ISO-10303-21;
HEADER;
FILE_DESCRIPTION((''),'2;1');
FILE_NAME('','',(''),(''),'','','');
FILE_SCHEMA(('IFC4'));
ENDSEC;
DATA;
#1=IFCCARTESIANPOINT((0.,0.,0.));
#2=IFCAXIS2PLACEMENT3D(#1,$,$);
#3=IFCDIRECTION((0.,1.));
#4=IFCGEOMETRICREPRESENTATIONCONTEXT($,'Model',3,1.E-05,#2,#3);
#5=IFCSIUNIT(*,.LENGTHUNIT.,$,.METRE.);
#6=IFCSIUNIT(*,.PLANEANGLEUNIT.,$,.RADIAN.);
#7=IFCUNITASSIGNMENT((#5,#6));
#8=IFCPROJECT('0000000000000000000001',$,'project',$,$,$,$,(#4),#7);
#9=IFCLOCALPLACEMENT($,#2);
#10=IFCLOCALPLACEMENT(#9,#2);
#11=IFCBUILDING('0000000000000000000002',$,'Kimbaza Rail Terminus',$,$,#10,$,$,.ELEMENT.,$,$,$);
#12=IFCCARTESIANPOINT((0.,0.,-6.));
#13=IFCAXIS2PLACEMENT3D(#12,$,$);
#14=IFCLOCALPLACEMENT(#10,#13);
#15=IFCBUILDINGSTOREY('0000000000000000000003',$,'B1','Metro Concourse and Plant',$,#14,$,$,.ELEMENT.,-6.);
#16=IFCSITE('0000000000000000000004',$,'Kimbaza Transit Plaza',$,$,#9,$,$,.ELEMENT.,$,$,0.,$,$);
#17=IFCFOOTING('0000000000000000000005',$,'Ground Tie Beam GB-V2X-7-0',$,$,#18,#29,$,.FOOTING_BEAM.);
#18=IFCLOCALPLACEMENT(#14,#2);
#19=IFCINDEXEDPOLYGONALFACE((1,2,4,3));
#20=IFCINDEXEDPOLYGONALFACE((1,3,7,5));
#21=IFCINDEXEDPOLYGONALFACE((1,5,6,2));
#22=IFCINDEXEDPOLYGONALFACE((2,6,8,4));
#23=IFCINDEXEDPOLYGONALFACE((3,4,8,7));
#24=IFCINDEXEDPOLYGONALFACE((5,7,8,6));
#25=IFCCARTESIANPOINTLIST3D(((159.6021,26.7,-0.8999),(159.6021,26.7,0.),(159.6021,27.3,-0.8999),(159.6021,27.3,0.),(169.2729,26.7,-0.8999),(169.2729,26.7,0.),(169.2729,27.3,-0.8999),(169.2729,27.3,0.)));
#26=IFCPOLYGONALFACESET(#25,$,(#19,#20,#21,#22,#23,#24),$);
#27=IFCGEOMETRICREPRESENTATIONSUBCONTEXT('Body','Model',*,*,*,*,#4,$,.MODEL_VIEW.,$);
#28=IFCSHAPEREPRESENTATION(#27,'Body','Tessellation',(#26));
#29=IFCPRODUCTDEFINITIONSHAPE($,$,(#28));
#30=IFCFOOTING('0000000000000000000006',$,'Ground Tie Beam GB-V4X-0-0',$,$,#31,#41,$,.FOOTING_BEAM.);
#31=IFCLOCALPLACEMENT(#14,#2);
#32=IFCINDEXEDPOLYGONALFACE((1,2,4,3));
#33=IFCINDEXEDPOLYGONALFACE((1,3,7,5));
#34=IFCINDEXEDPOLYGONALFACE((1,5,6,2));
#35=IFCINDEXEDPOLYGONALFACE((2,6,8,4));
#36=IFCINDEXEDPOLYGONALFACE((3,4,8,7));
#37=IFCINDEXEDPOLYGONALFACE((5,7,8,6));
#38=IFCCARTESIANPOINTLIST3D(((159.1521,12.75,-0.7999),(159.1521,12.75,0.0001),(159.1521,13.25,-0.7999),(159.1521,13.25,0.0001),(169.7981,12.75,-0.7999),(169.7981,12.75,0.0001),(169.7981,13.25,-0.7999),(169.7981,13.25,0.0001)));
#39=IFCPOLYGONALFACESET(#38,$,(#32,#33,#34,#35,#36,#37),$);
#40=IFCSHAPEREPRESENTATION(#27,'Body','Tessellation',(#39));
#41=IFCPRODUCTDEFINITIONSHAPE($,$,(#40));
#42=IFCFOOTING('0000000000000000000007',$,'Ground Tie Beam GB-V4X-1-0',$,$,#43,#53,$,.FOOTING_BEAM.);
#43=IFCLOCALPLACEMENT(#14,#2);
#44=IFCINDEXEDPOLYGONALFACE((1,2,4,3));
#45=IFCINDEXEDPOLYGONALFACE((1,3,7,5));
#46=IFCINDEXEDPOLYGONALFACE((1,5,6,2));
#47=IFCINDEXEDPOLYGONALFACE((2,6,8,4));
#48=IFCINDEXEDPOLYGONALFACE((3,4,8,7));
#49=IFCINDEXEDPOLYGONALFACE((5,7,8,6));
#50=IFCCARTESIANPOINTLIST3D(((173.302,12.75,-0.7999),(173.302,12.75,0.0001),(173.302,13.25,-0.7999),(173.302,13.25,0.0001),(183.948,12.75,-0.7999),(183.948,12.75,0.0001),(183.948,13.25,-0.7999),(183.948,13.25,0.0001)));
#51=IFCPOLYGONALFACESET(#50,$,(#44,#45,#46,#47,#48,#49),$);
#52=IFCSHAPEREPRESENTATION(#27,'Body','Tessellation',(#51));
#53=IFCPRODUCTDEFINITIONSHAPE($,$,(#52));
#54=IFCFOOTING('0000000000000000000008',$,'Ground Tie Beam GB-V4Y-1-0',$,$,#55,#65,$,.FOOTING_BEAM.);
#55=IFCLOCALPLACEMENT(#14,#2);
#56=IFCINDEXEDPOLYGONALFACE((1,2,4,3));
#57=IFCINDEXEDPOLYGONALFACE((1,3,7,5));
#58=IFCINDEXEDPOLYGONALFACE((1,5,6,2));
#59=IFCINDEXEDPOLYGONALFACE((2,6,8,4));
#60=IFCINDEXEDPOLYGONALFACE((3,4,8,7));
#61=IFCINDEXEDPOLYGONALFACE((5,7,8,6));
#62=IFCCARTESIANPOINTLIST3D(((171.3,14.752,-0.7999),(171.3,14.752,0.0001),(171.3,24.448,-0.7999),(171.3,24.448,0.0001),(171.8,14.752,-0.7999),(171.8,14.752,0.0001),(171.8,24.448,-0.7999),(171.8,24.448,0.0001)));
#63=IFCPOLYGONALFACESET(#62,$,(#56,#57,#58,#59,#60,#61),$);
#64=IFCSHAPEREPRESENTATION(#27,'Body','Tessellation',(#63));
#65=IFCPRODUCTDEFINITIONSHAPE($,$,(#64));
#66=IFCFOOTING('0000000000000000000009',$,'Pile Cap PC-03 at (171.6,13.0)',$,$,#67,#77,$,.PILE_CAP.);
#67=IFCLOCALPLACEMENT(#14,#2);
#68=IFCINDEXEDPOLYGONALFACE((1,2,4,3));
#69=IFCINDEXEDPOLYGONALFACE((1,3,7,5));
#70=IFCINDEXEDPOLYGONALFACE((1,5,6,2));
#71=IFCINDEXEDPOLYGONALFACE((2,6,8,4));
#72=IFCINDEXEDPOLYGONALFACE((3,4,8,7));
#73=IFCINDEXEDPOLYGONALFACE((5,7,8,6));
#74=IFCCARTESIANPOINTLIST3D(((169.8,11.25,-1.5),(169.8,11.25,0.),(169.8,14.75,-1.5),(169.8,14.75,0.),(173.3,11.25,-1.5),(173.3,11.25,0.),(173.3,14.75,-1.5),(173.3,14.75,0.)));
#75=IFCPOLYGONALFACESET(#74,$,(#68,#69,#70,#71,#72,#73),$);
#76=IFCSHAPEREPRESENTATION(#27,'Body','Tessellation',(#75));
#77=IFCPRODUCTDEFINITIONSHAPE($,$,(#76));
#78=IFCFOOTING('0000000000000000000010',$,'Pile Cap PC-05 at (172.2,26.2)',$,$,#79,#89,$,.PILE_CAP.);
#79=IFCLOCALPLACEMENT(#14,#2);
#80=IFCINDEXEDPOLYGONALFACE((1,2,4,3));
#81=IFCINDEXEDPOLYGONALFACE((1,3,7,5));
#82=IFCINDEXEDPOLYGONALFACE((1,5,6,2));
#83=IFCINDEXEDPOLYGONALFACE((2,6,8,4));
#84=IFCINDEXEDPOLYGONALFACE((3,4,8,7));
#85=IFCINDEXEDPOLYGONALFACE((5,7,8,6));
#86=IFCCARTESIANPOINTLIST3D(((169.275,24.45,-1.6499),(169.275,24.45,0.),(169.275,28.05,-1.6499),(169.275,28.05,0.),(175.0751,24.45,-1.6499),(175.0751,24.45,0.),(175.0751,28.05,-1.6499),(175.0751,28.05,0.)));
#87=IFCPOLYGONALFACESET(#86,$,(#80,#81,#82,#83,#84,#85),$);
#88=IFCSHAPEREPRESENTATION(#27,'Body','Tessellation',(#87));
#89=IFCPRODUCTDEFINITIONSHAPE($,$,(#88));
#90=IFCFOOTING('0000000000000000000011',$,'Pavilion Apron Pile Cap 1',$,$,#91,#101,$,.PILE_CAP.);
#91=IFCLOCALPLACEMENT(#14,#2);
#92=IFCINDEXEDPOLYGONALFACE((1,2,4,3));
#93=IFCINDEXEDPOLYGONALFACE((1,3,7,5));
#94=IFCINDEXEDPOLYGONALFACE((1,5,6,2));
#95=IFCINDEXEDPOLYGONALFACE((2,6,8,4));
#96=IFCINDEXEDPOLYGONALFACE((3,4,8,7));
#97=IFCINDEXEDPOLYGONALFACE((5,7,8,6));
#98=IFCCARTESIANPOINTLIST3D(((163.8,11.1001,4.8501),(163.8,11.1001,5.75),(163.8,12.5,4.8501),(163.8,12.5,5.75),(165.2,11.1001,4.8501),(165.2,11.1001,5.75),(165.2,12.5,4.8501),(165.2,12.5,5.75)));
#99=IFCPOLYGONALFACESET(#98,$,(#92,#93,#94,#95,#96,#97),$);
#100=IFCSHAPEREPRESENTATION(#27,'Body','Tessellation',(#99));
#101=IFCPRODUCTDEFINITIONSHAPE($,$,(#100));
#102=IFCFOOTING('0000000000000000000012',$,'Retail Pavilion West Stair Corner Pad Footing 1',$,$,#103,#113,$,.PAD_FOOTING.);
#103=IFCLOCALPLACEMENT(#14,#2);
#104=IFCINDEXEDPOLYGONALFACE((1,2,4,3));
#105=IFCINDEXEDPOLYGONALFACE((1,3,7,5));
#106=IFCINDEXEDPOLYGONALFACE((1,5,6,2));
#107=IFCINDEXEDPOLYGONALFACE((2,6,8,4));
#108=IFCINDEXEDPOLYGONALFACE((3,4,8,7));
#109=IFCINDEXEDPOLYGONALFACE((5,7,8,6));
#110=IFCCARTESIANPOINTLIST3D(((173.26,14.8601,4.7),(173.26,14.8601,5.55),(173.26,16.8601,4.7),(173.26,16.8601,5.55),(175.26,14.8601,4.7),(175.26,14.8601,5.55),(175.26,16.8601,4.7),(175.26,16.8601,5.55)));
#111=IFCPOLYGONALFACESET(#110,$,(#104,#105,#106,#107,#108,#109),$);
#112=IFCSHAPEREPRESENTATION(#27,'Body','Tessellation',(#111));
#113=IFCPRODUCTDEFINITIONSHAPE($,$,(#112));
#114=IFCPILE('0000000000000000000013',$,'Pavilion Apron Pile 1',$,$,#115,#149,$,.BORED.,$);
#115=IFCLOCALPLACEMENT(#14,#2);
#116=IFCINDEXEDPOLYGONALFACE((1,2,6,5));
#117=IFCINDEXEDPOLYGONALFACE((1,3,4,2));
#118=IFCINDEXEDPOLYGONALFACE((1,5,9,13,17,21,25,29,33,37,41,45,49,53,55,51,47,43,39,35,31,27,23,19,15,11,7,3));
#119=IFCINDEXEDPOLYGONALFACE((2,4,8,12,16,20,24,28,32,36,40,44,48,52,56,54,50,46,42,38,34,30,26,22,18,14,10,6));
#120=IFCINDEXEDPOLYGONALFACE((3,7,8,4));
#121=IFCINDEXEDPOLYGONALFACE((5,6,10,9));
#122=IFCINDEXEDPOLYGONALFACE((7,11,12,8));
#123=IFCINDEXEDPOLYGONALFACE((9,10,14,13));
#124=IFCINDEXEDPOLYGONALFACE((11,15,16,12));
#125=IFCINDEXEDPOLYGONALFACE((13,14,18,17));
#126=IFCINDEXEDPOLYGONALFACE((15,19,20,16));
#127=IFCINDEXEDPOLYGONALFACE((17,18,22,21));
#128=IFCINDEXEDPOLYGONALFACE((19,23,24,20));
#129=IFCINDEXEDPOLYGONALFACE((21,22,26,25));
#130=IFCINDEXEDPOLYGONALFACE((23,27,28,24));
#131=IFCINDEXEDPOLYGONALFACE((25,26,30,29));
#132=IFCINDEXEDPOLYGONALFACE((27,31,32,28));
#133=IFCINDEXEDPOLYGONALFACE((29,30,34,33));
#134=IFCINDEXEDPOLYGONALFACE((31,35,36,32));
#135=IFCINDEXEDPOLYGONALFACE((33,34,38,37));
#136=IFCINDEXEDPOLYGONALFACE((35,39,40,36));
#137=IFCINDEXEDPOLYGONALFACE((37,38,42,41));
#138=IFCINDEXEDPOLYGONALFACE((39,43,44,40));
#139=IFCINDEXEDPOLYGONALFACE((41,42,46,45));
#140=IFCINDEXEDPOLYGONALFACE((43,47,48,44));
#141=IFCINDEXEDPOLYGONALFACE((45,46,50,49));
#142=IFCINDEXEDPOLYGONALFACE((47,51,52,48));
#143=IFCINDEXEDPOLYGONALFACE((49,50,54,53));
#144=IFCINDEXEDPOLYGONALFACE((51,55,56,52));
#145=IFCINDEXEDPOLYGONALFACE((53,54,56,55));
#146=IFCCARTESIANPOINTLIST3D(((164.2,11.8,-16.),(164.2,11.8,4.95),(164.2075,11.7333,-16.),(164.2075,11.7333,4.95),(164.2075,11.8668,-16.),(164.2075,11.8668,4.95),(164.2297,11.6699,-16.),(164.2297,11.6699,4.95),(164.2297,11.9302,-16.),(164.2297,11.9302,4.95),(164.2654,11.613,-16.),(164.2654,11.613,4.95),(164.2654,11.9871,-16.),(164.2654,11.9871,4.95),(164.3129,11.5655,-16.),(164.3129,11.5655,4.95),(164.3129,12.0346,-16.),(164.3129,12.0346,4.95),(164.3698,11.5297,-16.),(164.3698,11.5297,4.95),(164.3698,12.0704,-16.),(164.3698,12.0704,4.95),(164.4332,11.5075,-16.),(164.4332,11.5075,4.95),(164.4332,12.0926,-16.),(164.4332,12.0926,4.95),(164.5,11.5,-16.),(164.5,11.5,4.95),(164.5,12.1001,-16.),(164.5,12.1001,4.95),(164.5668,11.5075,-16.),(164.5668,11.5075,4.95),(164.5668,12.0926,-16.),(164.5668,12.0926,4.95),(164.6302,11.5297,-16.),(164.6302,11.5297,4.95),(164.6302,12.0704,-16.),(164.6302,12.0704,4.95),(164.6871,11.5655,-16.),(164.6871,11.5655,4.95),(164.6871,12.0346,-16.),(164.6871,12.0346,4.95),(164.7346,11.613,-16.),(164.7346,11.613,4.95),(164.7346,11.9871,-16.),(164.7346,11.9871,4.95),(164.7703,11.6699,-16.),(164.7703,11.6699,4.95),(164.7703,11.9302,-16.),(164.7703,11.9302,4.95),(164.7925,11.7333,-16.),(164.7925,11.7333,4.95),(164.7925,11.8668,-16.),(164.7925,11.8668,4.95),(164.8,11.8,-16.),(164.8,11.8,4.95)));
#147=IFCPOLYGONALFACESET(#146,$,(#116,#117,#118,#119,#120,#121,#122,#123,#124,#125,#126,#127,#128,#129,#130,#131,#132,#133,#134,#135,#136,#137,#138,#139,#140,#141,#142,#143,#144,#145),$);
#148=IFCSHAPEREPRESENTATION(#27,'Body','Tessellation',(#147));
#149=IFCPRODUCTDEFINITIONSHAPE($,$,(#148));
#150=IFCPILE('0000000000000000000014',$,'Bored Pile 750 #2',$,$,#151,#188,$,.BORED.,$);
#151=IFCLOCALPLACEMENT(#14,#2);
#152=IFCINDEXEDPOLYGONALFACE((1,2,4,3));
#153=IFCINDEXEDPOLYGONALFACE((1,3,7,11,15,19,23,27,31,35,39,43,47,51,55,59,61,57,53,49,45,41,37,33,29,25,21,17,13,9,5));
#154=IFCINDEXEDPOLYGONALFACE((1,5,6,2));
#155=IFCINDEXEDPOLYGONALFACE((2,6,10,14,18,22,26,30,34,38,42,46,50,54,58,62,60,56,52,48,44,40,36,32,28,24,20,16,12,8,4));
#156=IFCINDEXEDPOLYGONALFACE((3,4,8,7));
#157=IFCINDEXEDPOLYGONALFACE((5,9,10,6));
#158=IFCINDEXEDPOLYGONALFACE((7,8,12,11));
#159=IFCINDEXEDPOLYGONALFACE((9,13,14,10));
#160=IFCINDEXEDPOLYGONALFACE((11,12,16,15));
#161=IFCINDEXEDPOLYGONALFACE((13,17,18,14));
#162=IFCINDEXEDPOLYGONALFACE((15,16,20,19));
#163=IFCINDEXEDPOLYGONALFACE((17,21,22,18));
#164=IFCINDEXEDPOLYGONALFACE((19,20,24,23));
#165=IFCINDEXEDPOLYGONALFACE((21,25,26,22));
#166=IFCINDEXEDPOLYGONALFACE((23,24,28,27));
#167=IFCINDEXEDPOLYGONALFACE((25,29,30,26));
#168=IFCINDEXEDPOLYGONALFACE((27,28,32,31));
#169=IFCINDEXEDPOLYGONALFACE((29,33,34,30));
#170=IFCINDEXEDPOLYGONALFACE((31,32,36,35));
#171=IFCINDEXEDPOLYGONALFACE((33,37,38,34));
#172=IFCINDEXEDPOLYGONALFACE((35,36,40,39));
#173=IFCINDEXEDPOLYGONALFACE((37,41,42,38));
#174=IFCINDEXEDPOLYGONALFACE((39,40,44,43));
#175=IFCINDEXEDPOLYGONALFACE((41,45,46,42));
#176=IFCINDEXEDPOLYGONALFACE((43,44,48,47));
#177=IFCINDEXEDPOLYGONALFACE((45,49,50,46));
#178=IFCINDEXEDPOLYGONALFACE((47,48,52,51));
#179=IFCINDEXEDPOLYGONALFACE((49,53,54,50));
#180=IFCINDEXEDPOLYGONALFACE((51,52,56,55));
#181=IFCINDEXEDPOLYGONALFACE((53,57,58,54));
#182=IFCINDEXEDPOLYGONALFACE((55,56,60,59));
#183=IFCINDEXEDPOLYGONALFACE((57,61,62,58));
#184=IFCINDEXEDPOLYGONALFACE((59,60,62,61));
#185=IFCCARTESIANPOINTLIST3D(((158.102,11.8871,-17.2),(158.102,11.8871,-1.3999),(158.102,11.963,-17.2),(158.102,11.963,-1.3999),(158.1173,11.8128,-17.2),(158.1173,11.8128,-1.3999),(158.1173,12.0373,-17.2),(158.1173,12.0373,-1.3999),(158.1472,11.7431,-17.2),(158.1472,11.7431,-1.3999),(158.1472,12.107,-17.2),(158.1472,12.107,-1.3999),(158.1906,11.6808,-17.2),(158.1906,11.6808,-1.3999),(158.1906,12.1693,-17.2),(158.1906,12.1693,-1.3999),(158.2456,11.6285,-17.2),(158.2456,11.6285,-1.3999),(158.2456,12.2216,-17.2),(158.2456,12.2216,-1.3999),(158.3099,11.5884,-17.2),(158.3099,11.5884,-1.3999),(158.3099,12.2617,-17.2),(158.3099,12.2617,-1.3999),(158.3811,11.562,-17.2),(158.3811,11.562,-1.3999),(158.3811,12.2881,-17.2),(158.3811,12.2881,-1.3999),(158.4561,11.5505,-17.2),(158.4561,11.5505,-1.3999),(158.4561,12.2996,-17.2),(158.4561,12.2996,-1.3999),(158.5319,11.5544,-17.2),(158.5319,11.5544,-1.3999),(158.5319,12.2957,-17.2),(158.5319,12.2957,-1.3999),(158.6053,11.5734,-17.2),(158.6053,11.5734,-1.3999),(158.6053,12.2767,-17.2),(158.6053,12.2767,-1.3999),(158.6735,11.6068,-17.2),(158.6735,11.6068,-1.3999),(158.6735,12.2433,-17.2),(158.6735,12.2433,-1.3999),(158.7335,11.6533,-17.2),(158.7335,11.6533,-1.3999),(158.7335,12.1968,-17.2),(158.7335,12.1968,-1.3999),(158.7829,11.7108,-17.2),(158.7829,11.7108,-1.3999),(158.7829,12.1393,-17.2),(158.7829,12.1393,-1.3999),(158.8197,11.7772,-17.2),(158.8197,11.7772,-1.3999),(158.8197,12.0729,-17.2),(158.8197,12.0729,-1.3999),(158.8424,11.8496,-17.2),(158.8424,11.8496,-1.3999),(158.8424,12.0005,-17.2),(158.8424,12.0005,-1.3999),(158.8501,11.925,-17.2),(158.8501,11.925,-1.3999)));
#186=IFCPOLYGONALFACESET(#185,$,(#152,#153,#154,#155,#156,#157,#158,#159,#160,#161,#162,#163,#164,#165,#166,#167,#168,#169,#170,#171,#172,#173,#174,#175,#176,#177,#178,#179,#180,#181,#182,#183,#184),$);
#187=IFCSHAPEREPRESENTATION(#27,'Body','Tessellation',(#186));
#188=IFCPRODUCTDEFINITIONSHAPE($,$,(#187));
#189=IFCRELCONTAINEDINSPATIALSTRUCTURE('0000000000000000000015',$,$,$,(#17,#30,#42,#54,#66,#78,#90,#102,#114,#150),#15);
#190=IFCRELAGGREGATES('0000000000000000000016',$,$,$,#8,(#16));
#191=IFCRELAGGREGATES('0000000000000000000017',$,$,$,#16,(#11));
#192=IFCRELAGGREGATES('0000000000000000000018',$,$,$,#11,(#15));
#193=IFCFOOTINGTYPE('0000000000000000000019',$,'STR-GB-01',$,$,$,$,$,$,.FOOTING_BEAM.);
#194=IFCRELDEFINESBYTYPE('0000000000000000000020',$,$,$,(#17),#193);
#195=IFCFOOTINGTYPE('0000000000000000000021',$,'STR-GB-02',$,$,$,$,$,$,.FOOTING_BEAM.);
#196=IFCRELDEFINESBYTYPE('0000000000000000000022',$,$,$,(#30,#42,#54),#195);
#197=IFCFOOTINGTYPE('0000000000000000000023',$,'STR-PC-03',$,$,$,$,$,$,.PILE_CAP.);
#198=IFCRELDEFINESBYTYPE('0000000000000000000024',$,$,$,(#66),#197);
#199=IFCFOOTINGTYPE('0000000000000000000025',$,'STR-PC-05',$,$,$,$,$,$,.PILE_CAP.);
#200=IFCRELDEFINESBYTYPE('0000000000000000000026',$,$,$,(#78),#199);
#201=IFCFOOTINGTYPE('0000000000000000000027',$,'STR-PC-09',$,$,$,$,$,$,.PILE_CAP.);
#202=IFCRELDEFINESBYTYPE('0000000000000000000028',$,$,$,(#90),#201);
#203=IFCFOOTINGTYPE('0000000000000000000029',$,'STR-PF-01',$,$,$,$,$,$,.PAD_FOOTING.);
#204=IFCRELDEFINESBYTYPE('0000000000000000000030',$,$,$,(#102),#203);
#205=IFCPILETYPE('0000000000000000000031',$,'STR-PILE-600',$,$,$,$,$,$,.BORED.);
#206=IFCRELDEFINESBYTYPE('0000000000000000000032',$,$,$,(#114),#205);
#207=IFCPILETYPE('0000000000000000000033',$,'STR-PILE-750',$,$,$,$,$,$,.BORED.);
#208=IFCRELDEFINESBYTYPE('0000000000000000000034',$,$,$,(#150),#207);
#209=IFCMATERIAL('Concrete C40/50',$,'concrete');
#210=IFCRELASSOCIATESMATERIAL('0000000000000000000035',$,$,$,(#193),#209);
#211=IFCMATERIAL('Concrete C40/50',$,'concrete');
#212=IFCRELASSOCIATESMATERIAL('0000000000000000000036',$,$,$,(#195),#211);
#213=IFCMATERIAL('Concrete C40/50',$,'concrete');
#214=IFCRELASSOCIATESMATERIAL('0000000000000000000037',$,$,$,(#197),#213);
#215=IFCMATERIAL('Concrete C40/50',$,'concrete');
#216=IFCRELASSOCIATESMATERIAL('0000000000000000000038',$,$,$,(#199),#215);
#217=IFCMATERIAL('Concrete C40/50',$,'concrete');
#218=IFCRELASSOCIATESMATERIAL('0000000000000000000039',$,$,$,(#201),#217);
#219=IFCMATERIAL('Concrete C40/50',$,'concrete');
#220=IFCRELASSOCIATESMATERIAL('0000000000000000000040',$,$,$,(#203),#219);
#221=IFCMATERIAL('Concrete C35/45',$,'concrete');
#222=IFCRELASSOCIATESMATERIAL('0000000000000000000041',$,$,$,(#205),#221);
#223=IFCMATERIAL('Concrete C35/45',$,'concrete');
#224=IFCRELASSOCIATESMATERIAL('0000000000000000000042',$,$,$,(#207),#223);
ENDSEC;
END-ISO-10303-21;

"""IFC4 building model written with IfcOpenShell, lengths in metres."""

from ifc_helpers import new_model, si_unit, direction, frame, origin, origin_2d, place, context, subcontext, project, spatial, rectangle, circle, extrude, material, material_profile, profile_set, type_object, element, save


model = new_model("IFC4")

# Units and contexts
model_context = context("Model", 3, precision=1e-05, world=origin(), true_north=direction((0.0, 1.0)))
body_context = subcontext(model_context, "Body", "Model", "MODEL_VIEW")
ifc_project = project(units=[si_unit("LENGTHUNIT", "METRE"), si_unit("PLANEANGLEUNIT", "RADIAN")], contexts=[model_context])

# Site, building, storey
site_placement = place(None, origin())
site = spatial("IfcSite", under=ifc_project, at=site_placement, Name="Kimbaza Transit Plaza", CompositionType="ELEMENT", RefElevation=0.0)
building_placement = place(site_placement, origin())
building = spatial("IfcBuilding", under=site, at=building_placement, Name="Kimbaza Rail Terminus", CompositionType="ELEMENT")
storey_placement = place(building_placement, frame((0.0, 0.0, -6.0)))
storey = spatial("IfcBuildingStorey", under=building, at=storey_placement, Name="B1", Description="Metro Concourse and Plant", CompositionType="ELEMENT", Elevation=-6.0)

# Footings
ifc_material_1 = material(Name="Concrete C40/50", Category="concrete")
ifc_material_profile_1 = material_profile(ifc_material_1, rectangle(XDim=0.6001, YDim=0.8999, at=origin_2d()), Name="GB-01 600x900")
ifc_profile_set_1 = profile_set([ifc_material_profile_1], Name="Concrete C40/50")
footing_type_1 = type_object("IfcFootingType", Name="STR-GB-01", PredefinedType="FOOTING_BEAM", material=ifc_profile_set_1)
footing_1_placement = place(storey_placement, frame((159.6021, 27.0, -0.45), z_axis=(1.0, 0.0, 0.0), x_axis=(0.0, 1.0, 0.0)))
element("IfcFooting", 1, at=footing_1_placement, inside=storey, type_object=footing_type_1, Name="Ground Tie Beam GB-V2X-7-0", PredefinedType="FOOTING_BEAM", context=body_context, shape_type="SweptSolid", body=[
    extrude(rectangle(XDim=0.6001, YDim=0.8999, at=origin_2d()), origin(), (0.0, 0.0, 1.0), 9.6709),
])
ifc_material_2 = material(Name="Concrete C40/50", Category="concrete")
ifc_material_profile_2 = material_profile(ifc_material_2, rectangle(XDim=0.5, YDim=0.8, at=origin_2d()), Name="GB-02 500x800")
ifc_profile_set_2 = profile_set([ifc_material_profile_2], Name="Concrete C40/50")
footing_type_2 = type_object("IfcFootingType", Name="STR-GB-02", PredefinedType="FOOTING_BEAM", material=ifc_profile_set_2)
for number, where, z_axis, x_axis, name in (
    (2, (159.1521, 13.0, -0.3999), (1.0, 0.0, 0.0), (0.0, 1.0, 0.0), "Ground Tie Beam GB-V4X-0-0"),
    (3, (173.302, 13.0, -0.3999), (1.0, 0.0, 0.0), (0.0, 1.0, 0.0), "Ground Tie Beam GB-V4X-1-0"),
):
    element("IfcFooting", number, at=place(storey_placement, frame(where, z_axis=z_axis, x_axis=x_axis)), inside=storey, type_object=footing_type_2, Name=name, PredefinedType="FOOTING_BEAM", context=body_context, shape_type="SweptSolid", body=[
        extrude(rectangle(XDim=0.5, YDim=0.8, at=origin_2d()), origin(), (0.0, 0.0, 1.0), 10.646),
    ])
footing_2_placement = place(storey_placement, frame((171.55, 14.752, -0.3999), z_axis=(0.0, 1.0, 0.0), x_axis=(-1.0, 0.0, 0.0)))
element("IfcFooting", 4, at=footing_2_placement, inside=storey, type_object=footing_type_2, Name="Ground Tie Beam GB-V4Y-1-0", PredefinedType="FOOTING_BEAM", context=body_context, shape_type="SweptSolid", body=[
    extrude(rectangle(XDim=0.5, YDim=0.8, at=origin_2d()), origin(), (0.0, 0.0, 1.0), 9.696),
])
ifc_material_3 = material(Name="Concrete C40/50", Category="concrete")
footing_type_3 = type_object("IfcFootingType", Name="STR-PC-03", PredefinedType="PILE_CAP", material=ifc_material_3)
footing_3_placement = place(storey_placement, frame((171.55, 13.0, -1.5), z_axis=(0.0, 0.0, 1.0), x_axis=(1.0, 0.0, 0.0)))
element("IfcFooting", 5, at=footing_3_placement, inside=storey, type_object=footing_type_3, Name="Pile Cap PC-03 at (171.6,13.0)", PredefinedType="PILE_CAP", context=body_context, shape_type="SweptSolid", body=[
    extrude(rectangle(XDim=3.5, YDim=3.5, at=origin_2d()), origin(), (0.0, 0.0, 1.0), 1.5),
])
ifc_material_4 = material(Name="Concrete C40/50", Category="concrete")
footing_type_4 = type_object("IfcFootingType", Name="STR-PC-05", PredefinedType="PILE_CAP", material=ifc_material_4)
footing_4_placement = place(storey_placement, frame((172.175, 26.25, -1.6499), z_axis=(0.0, 0.0, 1.0), x_axis=(1.0, 0.0, 0.0)))
element("IfcFooting", 6, at=footing_4_placement, inside=storey, type_object=footing_type_4, Name="Pile Cap PC-05 at (172.2,26.2)", PredefinedType="PILE_CAP", context=body_context, shape_type="SweptSolid", body=[
    extrude(rectangle(XDim=5.8, YDim=3.6001, at=origin_2d()), origin(), (0.0, 0.0, 1.0), 1.6499),
])
ifc_material_5 = material(Name="Concrete C40/50", Category="concrete")
footing_type_5 = type_object("IfcFootingType", Name="STR-PC-09", PredefinedType="PILE_CAP", material=ifc_material_5)
footing_5_placement = place(storey_placement, frame((164.5, 11.8, 4.8501), z_axis=(0.0, 0.0, 1.0), x_axis=(1.0, 0.0, 0.0)))
element("IfcFooting", 7, at=footing_5_placement, inside=storey, type_object=footing_type_5, Name="Pavilion Apron Pile Cap 1", PredefinedType="PILE_CAP", context=body_context, shape_type="SweptSolid", body=[
    extrude(rectangle(XDim=1.3999, YDim=1.3999, at=origin_2d()), origin(), (0.0, 0.0, 1.0), 0.8999),
])
ifc_material_6 = material(Name="Concrete C40/50", Category="concrete")
footing_type_6 = type_object("IfcFootingType", Name="STR-PF-01", PredefinedType="PAD_FOOTING", material=ifc_material_6)
footing_6_placement = place(storey_placement, frame((174.26, 15.8601, 4.7), z_axis=(0.0, 0.0, 1.0), x_axis=(1.0, 0.0, 0.0)))
element("IfcFooting", 8, at=footing_6_placement, inside=storey, type_object=footing_type_6, Name="Retail Pavilion West Stair Corner Pad Footing 1", PredefinedType="PAD_FOOTING", context=body_context, shape_type="SweptSolid", body=[
    extrude(rectangle(XDim=2.0, YDim=2.0, at=origin_2d()), origin(), (0.0, 0.0, 1.0), 0.8501),
])

# Piles
ifc_material_7 = material(Name="Concrete C35/45", Category="concrete")
ifc_material_profile_3 = material_profile(ifc_material_7, circle(Radius=0.3, at=origin_2d()), Name="BORED PILE 600")
ifc_profile_set_3 = profile_set([ifc_material_profile_3], Name="Concrete C35/45")
pile_type_1 = type_object("IfcPileType", Name="STR-PILE-600", PredefinedType="BORED", material=ifc_profile_set_3)
pile_placement = place(storey_placement, frame((164.5, 11.8, 4.95), z_axis=(0.0, 0.0, -1.0), x_axis=(1.0, 0.0, 0.0)))
element("IfcPile", 9, at=pile_placement, inside=storey, type_object=pile_type_1, Name="Pavilion Apron Pile 1", PredefinedType="BORED", context=body_context, shape_type="SweptSolid", body=[
    extrude(circle(Radius=0.3, at=origin_2d()), origin(), (0.0, 0.0, 1.0), 20.95),
])
ifc_material_8 = material(Name="Concrete C35/45", Category="concrete")
ifc_material_profile_4 = material_profile(ifc_material_8, circle(Radius=0.375, at=origin_2d()), Name="BORED PILE 750")
ifc_profile_set_4 = profile_set([ifc_material_profile_4], Name="Concrete C35/45")
pile_type_2 = type_object("IfcPileType", Name="STR-PILE-750", PredefinedType="BORED", material=ifc_profile_set_4)
for number, where, z_axis, x_axis, name in (
    (10, (158.4751, 11.925, -1.3999), (0.0, 0.0, -1.0), (1.0, 0.0, 0.0), "Bored Pile 750 #2"),
):
    element("IfcPile", number, at=place(storey_placement, frame(where, z_axis=z_axis, x_axis=x_axis)), inside=storey, type_object=pile_type_2, Name=name, PredefinedType="BORED", context=body_context, shape_type="SweptSolid", body=[
        extrude(circle(Radius=0.375, at=origin_2d()), origin(), (0.0, 0.0, 1.0), 15.8),
    ])

save(model, "model.ifc")
